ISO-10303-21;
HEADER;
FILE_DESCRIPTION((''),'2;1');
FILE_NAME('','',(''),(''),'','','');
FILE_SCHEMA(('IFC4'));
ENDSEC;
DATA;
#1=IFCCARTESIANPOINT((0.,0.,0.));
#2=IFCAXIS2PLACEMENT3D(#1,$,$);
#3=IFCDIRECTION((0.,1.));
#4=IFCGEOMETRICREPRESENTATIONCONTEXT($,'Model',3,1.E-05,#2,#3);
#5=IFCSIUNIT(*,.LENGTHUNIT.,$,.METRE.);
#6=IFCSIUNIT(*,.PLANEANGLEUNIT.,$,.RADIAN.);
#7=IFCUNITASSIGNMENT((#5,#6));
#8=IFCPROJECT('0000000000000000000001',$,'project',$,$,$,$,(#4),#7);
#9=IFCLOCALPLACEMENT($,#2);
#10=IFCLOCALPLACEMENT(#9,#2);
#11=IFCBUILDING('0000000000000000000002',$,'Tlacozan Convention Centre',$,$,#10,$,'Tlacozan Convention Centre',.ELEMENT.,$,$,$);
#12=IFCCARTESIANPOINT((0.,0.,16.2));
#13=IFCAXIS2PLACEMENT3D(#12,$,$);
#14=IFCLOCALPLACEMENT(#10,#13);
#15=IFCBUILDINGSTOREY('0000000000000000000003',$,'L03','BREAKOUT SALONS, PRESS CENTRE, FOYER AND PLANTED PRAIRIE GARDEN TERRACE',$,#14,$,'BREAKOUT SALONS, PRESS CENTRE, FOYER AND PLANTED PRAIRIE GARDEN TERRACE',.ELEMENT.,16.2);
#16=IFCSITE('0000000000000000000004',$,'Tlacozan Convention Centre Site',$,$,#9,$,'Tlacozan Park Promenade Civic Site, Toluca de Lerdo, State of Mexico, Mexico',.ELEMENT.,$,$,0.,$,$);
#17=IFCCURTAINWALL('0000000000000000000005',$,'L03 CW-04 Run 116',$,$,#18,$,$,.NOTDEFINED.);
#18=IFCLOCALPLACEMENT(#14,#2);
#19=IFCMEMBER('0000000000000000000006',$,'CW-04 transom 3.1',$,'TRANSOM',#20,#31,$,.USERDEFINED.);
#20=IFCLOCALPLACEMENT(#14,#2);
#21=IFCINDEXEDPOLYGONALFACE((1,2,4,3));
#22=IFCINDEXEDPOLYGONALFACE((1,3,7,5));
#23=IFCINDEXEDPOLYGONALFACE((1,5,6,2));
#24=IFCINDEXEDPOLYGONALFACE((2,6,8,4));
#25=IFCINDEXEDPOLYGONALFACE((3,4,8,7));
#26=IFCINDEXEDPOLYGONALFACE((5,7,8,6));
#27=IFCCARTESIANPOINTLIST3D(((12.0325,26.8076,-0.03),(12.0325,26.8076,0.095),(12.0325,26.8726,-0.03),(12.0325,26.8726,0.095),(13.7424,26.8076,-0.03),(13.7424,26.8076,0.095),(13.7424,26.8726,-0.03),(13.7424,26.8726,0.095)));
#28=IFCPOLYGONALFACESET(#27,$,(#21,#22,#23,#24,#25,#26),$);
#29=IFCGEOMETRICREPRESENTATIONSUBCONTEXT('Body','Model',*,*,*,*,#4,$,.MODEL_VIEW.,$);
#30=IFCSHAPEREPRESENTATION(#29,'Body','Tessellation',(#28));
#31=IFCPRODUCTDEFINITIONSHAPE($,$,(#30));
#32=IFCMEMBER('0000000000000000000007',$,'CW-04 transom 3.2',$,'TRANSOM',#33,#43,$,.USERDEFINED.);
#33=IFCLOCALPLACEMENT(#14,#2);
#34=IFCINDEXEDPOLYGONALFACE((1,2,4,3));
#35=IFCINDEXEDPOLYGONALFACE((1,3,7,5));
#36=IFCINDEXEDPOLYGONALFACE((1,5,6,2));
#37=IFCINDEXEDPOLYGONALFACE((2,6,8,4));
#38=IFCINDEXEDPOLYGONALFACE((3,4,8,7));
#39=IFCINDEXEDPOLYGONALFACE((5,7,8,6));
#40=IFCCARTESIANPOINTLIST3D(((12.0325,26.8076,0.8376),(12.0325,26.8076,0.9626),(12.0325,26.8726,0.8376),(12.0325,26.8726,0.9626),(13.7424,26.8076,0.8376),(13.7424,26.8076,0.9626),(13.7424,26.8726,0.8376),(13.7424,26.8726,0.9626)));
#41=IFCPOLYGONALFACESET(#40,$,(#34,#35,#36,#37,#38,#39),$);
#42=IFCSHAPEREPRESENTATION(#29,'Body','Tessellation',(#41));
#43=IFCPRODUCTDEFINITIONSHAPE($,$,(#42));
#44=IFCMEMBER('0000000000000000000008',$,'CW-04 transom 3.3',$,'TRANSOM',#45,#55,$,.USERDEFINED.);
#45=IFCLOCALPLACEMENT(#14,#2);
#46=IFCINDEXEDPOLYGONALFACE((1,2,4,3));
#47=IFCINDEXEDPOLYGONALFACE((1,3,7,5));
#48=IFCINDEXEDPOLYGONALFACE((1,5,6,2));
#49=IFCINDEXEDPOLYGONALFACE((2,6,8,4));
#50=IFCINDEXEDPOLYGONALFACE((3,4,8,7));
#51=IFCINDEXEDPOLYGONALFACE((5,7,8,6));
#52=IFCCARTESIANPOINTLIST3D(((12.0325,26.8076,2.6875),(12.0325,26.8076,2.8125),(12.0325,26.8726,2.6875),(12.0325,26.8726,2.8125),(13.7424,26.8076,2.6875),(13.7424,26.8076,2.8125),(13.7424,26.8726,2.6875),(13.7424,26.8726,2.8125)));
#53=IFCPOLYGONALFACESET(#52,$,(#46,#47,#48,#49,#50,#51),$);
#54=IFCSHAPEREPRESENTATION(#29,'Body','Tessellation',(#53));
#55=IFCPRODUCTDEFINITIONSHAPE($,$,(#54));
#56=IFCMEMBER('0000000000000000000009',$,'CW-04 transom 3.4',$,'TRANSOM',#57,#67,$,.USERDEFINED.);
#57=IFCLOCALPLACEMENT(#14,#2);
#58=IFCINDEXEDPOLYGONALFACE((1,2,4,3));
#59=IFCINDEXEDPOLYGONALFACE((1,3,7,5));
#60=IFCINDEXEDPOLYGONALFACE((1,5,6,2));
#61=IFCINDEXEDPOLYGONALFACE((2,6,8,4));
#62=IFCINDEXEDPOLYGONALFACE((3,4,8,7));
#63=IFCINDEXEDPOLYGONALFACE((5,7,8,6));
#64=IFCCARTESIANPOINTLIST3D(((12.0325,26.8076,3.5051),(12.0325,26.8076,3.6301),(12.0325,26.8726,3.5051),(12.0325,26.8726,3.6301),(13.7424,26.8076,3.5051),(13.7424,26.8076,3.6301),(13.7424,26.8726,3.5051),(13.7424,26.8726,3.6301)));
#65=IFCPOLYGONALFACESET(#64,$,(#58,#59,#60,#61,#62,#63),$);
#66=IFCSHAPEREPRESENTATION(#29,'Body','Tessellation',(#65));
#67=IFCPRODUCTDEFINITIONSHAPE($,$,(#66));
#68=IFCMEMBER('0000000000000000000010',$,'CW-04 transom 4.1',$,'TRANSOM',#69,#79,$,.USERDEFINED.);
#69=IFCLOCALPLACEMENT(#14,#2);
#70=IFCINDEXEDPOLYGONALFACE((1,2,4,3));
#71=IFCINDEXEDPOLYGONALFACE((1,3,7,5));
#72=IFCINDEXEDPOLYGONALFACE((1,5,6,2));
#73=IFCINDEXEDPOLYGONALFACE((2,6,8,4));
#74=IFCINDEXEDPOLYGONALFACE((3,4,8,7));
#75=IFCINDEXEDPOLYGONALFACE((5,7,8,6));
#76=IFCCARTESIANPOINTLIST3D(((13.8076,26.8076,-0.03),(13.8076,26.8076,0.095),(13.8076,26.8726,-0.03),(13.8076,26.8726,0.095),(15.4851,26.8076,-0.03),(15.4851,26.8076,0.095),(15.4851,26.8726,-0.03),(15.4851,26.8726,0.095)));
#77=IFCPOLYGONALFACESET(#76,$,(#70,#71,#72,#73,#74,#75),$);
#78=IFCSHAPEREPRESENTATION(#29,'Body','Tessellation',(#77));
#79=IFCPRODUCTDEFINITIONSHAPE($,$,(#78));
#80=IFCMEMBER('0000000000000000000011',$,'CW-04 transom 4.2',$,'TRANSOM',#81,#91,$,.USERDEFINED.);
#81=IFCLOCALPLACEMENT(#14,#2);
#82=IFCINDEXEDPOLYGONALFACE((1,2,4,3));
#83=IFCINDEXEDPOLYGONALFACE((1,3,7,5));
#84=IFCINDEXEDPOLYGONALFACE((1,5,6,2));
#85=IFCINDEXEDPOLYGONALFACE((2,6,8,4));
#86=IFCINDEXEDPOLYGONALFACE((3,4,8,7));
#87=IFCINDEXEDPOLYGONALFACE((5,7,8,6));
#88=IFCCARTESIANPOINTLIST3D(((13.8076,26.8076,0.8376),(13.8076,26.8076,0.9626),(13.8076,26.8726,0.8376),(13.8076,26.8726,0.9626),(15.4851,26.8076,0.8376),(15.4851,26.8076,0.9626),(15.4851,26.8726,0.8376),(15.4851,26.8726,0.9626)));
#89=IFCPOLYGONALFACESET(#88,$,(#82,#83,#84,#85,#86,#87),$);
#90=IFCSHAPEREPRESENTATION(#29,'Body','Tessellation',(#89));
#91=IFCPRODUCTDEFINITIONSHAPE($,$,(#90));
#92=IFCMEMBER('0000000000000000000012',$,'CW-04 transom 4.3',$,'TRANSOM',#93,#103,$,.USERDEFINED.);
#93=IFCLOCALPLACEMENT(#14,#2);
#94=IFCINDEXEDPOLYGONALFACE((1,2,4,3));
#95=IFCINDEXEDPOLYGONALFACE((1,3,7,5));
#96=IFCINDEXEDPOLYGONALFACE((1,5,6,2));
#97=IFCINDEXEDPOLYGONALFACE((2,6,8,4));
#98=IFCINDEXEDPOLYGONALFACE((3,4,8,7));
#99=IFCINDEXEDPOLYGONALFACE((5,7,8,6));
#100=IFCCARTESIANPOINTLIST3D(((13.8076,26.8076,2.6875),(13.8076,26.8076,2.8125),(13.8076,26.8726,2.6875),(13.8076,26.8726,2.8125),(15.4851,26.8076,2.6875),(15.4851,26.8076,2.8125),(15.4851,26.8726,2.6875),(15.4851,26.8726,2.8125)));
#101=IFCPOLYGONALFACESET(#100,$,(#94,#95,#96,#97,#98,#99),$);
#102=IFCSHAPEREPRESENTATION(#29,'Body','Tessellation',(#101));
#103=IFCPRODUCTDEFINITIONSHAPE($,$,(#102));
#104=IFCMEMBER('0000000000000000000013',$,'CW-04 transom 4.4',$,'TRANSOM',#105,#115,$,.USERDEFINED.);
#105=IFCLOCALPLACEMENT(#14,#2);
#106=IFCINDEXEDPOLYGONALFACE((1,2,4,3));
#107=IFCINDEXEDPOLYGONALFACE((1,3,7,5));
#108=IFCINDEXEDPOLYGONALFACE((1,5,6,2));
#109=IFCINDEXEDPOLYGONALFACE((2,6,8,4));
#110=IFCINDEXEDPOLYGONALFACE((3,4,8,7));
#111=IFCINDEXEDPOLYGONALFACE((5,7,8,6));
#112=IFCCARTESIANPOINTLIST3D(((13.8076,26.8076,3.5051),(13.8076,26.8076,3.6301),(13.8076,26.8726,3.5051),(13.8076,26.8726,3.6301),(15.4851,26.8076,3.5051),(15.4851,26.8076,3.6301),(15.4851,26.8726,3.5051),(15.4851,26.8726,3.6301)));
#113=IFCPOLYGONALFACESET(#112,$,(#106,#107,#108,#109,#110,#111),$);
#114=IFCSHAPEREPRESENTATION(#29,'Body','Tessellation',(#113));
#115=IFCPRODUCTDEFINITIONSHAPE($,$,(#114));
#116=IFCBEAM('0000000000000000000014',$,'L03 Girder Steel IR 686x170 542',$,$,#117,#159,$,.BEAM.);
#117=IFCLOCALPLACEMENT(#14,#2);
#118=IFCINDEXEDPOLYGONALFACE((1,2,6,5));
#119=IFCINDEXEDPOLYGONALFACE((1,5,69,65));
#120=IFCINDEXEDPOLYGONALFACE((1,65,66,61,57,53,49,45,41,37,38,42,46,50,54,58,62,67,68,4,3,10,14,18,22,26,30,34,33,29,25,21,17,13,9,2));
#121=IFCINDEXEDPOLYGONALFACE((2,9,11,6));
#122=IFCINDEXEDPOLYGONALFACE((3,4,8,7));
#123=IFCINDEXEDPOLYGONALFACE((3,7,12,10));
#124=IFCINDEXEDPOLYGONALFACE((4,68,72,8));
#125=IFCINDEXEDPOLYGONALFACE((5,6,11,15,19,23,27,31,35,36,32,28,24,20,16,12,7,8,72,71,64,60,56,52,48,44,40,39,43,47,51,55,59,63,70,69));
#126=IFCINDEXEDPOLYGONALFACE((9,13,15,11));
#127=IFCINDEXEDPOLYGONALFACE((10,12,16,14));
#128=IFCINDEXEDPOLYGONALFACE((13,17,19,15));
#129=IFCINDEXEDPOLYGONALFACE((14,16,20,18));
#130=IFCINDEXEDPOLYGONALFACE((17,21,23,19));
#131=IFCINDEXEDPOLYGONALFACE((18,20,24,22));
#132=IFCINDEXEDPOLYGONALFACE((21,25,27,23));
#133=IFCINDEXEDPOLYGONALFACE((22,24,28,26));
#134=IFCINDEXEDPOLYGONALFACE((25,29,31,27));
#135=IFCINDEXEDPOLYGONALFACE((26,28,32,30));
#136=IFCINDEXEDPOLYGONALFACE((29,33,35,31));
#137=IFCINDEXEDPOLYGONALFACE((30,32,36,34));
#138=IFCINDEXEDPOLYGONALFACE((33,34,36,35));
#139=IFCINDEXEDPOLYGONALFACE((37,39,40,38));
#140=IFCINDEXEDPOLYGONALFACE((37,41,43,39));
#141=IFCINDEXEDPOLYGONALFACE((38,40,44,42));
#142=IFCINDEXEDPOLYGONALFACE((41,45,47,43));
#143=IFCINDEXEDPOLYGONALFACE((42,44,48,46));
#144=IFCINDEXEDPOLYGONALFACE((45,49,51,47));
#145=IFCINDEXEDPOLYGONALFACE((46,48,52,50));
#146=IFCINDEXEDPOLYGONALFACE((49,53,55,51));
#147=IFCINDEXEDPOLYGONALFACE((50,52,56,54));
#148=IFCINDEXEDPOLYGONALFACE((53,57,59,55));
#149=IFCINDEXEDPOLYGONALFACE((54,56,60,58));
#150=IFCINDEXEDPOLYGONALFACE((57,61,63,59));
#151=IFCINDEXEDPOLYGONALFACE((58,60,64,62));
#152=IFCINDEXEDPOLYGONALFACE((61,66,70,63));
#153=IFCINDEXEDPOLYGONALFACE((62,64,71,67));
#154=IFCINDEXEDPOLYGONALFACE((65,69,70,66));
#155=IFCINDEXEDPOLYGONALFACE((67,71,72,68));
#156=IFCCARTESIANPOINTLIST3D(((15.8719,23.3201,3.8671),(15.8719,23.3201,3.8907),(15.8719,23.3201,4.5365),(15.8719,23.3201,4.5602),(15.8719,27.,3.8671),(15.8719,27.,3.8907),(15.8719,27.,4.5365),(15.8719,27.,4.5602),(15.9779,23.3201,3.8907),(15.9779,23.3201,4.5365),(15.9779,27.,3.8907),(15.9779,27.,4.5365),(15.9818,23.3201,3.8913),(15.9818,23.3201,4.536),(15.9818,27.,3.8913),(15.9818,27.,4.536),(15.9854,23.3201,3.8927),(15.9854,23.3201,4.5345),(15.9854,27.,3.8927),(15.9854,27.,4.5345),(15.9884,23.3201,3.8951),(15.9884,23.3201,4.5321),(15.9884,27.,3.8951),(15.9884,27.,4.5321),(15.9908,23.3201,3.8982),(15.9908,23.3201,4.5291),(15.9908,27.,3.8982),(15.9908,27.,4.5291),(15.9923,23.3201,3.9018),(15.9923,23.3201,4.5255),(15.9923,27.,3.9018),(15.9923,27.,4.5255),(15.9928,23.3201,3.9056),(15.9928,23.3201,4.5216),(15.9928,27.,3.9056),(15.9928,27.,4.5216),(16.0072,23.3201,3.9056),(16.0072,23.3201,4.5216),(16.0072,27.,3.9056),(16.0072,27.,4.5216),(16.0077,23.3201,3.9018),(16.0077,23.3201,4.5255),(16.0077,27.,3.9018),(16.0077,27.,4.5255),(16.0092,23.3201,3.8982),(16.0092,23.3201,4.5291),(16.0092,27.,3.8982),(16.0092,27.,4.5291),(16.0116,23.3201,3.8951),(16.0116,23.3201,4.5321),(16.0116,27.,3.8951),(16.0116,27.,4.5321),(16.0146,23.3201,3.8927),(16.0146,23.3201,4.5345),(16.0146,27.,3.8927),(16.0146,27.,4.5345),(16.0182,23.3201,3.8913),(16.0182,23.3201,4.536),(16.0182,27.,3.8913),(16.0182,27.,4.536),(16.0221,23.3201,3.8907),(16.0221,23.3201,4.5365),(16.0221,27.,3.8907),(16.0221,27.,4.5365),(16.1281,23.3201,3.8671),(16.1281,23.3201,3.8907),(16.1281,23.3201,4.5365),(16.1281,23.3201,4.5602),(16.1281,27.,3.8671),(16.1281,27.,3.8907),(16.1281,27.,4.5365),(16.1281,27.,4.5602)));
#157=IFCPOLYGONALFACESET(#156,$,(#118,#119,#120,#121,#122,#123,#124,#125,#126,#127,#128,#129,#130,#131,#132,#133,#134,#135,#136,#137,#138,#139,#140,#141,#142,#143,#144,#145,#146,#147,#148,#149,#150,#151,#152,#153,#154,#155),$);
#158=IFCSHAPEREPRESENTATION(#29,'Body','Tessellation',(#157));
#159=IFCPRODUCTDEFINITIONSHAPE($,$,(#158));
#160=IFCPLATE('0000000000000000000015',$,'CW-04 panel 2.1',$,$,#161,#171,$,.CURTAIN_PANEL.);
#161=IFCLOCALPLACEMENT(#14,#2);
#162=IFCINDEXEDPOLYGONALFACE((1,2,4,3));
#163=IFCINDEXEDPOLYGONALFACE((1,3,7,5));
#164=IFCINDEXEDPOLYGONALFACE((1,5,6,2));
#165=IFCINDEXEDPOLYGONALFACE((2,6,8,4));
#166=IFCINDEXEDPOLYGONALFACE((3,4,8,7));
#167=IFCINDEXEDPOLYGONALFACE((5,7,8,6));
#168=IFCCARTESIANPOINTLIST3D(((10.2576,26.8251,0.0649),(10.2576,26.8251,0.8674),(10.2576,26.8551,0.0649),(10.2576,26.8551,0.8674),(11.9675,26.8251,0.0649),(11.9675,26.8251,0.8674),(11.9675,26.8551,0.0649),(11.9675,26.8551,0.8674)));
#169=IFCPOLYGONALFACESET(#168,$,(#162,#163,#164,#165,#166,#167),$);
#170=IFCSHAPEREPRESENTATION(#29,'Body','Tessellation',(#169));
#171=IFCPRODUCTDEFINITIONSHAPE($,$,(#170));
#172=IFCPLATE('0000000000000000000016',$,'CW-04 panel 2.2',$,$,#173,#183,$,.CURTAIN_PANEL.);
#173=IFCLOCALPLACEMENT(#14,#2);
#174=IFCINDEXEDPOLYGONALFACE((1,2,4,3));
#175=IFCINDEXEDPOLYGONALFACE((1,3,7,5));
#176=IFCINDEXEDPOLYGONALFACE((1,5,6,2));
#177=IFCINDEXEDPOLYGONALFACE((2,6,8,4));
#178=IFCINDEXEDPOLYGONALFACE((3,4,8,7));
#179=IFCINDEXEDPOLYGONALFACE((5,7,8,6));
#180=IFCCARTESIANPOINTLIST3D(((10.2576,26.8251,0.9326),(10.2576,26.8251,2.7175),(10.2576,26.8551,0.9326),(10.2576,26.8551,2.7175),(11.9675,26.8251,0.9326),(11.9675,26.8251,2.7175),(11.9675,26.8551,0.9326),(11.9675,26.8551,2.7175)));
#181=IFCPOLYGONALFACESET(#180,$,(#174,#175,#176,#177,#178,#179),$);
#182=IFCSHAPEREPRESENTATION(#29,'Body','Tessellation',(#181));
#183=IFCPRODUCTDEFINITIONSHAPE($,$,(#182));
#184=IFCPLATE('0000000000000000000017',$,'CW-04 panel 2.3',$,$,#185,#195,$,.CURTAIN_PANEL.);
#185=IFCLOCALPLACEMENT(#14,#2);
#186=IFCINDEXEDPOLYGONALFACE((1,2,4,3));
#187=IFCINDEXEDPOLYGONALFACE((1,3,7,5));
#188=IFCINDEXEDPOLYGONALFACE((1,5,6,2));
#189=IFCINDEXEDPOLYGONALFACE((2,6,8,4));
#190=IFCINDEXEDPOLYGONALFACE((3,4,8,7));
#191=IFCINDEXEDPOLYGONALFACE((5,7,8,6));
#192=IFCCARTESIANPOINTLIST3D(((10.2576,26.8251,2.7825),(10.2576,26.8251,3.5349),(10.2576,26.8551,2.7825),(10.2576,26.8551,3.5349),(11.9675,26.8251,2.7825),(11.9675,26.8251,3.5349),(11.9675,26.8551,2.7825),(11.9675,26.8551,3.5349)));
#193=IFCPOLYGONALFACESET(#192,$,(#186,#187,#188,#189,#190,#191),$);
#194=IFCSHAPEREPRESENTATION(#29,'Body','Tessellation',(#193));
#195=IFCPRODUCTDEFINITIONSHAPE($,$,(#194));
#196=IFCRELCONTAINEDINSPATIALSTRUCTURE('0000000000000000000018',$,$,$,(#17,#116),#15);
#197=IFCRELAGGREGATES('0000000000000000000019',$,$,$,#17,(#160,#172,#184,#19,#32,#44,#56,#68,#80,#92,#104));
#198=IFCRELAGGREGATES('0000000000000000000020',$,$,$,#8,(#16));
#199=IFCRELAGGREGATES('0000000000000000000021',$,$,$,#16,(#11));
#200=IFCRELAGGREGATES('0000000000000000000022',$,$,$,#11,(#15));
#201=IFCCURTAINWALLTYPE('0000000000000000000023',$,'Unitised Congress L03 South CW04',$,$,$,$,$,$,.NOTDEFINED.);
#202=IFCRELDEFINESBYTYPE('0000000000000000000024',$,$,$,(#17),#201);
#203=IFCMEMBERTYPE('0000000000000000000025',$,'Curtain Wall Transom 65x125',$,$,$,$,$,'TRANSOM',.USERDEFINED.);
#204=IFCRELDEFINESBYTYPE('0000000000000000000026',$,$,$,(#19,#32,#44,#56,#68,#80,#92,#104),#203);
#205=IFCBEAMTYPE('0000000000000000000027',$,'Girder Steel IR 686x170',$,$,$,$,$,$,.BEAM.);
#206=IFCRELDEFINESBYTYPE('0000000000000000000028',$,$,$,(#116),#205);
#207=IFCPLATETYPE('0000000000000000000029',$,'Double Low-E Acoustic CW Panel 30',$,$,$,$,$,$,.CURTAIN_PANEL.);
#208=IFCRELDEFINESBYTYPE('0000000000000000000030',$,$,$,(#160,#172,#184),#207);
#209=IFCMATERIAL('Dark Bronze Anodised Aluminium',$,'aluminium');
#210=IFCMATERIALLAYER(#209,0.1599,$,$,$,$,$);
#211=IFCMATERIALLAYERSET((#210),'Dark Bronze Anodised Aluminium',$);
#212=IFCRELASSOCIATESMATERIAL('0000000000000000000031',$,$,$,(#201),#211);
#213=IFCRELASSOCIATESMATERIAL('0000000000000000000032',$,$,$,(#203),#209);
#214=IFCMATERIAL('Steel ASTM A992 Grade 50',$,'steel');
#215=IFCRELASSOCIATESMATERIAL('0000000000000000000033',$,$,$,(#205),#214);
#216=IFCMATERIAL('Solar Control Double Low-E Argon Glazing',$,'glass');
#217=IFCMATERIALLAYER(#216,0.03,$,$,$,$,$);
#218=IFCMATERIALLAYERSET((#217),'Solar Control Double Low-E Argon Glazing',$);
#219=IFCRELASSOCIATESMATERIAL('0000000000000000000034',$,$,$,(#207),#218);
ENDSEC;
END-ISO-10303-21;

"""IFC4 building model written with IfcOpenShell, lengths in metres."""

from ifc_helpers import new_model, si_unit, direction, frame, origin, origin_2d, place, context, subcontext, project, spatial, rectangle, i_section, extrude, material, layer, layer_set, material_profile, profile_set, type_object, element, aggregate, save


model = new_model("IFC4")

# Units and contexts
model_context = context("Model", 3, precision=1e-05, world=origin(), true_north=direction((0.0, 1.0)))
body_context = subcontext(model_context, "Body", "Model", "MODEL_VIEW")
ifc_project = project(units=[si_unit("LENGTHUNIT", "METRE"), si_unit("PLANEANGLEUNIT", "RADIAN")], contexts=[model_context])

# Site, building, storey
site_placement = place(None, origin())
site = spatial("IfcSite", under=ifc_project, at=site_placement, Name="Tlacozan Convention Centre Site", LongName="Tlacozan Park Promenade Civic Site, Toluca de Lerdo, State of Mexico, Mexico", CompositionType="ELEMENT", RefElevation=0.0)
building_placement = place(site_placement, origin())
building = spatial("IfcBuilding", under=site, at=building_placement, Name="Tlacozan Convention Centre", LongName="Tlacozan Convention Centre", CompositionType="ELEMENT")
storey_placement = place(building_placement, frame((0.0, 0.0, 16.2)))
storey = spatial("IfcBuildingStorey", under=building, at=storey_placement, Name="L03", Description="BREAKOUT SALONS, PRESS CENTRE, FOYER AND PLANTED PRAIRIE GARDEN TERRACE", LongName="BREAKOUT SALONS, PRESS CENTRE, FOYER AND PLANTED PRAIRIE GARDEN TERRACE", CompositionType="ELEMENT", Elevation=16.2)

# Curtain wall, members
ifc_material_1 = material(Name="Dark Bronze Anodised Aluminium", Category="aluminium")
ifc_layer_1 = layer(ifc_material_1, 0.1599)
ifc_layer_set_1 = layer_set([ifc_layer_1], Name="Dark Bronze Anodised Aluminium")
curtain_wall_type = type_object("IfcCurtainWallType", Name="Unitised Congress L03 South CW04", PredefinedType="NOTDEFINED", material=ifc_layer_set_1)
curtain_wall_placement = place(storey_placement, origin())
curtain_wall = element("IfcCurtainWall", 1, at=curtain_wall_placement, inside=storey, type_object=curtain_wall_type, Name="L03 CW-04 Run 116", PredefinedType="NOTDEFINED")
ifc_material_profile_1 = material_profile(ifc_material_1, rectangle(XDim=0.0649, YDim=0.125, at=origin_2d()), Name="ALU 65x125")
ifc_profile_set_1 = profile_set([ifc_material_profile_1], Name="Dark Bronze Anodised Aluminium")
member_type_1 = type_object("IfcMemberType", Name="Curtain Wall Transom 65x125", ElementType="TRANSOM", PredefinedType="USERDEFINED", material=ifc_profile_set_1)
member_1_placement = place(storey_placement, frame((12.0325, 26.8401, 0.0325), z_axis=(1.0, 0.0, 0.0), x_axis=(0.0, 1.0, 0.0)))
member_1 = element("IfcMember", 2, at=member_1_placement, type_object=member_type_1, Name="CW-04 transom 3.1", ObjectType="TRANSOM", PredefinedType="USERDEFINED", context=body_context, shape_type="SweptSolid", body=[
    extrude(rectangle(XDim=0.0649, YDim=0.125, at=origin_2d()), origin(), (0.0, 0.0, 1.0), 1.71),
])
member_2_placement = place(storey_placement, frame((12.0325, 26.8401, 0.9001), z_axis=(1.0, 0.0, 0.0), x_axis=(0.0, 1.0, 0.0)))
member_2 = element("IfcMember", 3, at=member_2_placement, type_object=member_type_1, Name="CW-04 transom 3.2", ObjectType="TRANSOM", PredefinedType="USERDEFINED", context=body_context, shape_type="SweptSolid", body=[
    extrude(rectangle(XDim=0.0649, YDim=0.125, at=origin_2d()), origin(), (0.0, 0.0, 1.0), 1.71),
])
member_3_placement = place(storey_placement, frame((12.0325, 26.8401, 2.75), z_axis=(1.0, 0.0, 0.0), x_axis=(0.0, 1.0, 0.0)))
member_3 = element("IfcMember", 4, at=member_3_placement, type_object=member_type_1, Name="CW-04 transom 3.3", ObjectType="TRANSOM", PredefinedType="USERDEFINED", context=body_context, shape_type="SweptSolid", body=[
    extrude(rectangle(XDim=0.0649, YDim=0.125, at=origin_2d()), origin(), (0.0, 0.0, 1.0), 1.71),
])
member_4_placement = place(storey_placement, frame((12.0325, 26.8401, 3.5676), z_axis=(1.0, 0.0, 0.0), x_axis=(0.0, 1.0, 0.0)))
member_4 = element("IfcMember", 5, at=member_4_placement, type_object=member_type_1, Name="CW-04 transom 3.4", ObjectType="TRANSOM", PredefinedType="USERDEFINED", context=body_context, shape_type="SweptSolid", body=[
    extrude(rectangle(XDim=0.0649, YDim=0.125, at=origin_2d()), origin(), (0.0, 0.0, 1.0), 1.71),
])
member_5_placement = place(storey_placement, frame((13.8076, 26.8401, 0.0325), z_axis=(1.0, 0.0, 0.0), x_axis=(0.0, 1.0, 0.0)))
member_5 = element("IfcMember", 6, at=member_5_placement, type_object=member_type_1, Name="CW-04 transom 4.1", ObjectType="TRANSOM", PredefinedType="USERDEFINED", context=body_context, shape_type="SweptSolid", body=[
    extrude(rectangle(XDim=0.0649, YDim=0.125, at=origin_2d()), origin(), (0.0, 0.0, 1.0), 1.6775),
])
member_6_placement = place(storey_placement, frame((13.8076, 26.8401, 0.9001), z_axis=(1.0, 0.0, 0.0), x_axis=(0.0, 1.0, 0.0)))
member_6 = element("IfcMember", 7, at=member_6_placement, type_object=member_type_1, Name="CW-04 transom 4.2", ObjectType="TRANSOM", PredefinedType="USERDEFINED", context=body_context, shape_type="SweptSolid", body=[
    extrude(rectangle(XDim=0.0649, YDim=0.125, at=origin_2d()), origin(), (0.0, 0.0, 1.0), 1.6775),
])
member_7_placement = place(storey_placement, frame((13.8076, 26.8401, 2.75), z_axis=(1.0, 0.0, 0.0), x_axis=(0.0, 1.0, 0.0)))
member_7 = element("IfcMember", 8, at=member_7_placement, type_object=member_type_1, Name="CW-04 transom 4.3", ObjectType="TRANSOM", PredefinedType="USERDEFINED", context=body_context, shape_type="SweptSolid", body=[
    extrude(rectangle(XDim=0.0649, YDim=0.125, at=origin_2d()), origin(), (0.0, 0.0, 1.0), 1.6775),
])
member_8_placement = place(storey_placement, frame((13.8076, 26.8401, 3.5676), z_axis=(1.0, 0.0, 0.0), x_axis=(0.0, 1.0, 0.0)))
member_8 = element("IfcMember", 9, at=member_8_placement, type_object=member_type_1, Name="CW-04 transom 4.4", ObjectType="TRANSOM", PredefinedType="USERDEFINED", context=body_context, shape_type="SweptSolid", body=[
    extrude(rectangle(XDim=0.0649, YDim=0.125, at=origin_2d()), origin(), (0.0, 0.0, 1.0), 1.6775),
])

# Beam
ifc_material_2 = material(Name="Steel ASTM A992 Grade 50", Category="steel")
ifc_material_profile_2 = material_profile(ifc_material_2, i_section(OverallWidth=0.2561, OverallDepth=0.6931, WebThickness=0.0144, FlangeThickness=0.0237, FilletRadius=0.0149, at=origin_2d()), Name="IR 686x170.0")
ifc_profile_set_2 = profile_set([ifc_material_profile_2], Name="Steel ASTM A992 Grade 50")
beam_type = type_object("IfcBeamType", Name="Girder Steel IR 686x170", PredefinedType="BEAM", material=ifc_profile_set_2)
beam_placement = place(storey_placement, frame((16.0, 23.3201, 4.2136), z_axis=(0.0, 1.0, 0.0), x_axis=(-1.0, 0.0, 0.0)))
element("IfcBeam", 10, at=beam_placement, inside=storey, type_object=beam_type, Name="L03 Girder Steel IR 686x170 542", PredefinedType="BEAM", context=body_context, shape_type="SweptSolid", body=[
    extrude(i_section(OverallWidth=0.2561, OverallDepth=0.6931, WebThickness=0.0144, FlangeThickness=0.0237, FilletRadius=0.0149, at=origin_2d()), origin(), (0.0, 0.0, 1.0), 3.6799),
])

# Plates
ifc_material_3 = material(Name="Solar Control Double Low-E Argon Glazing", Category="glass")
ifc_layer_2 = layer(ifc_material_3, 0.03)
ifc_layer_set_2 = layer_set([ifc_layer_2], Name="Solar Control Double Low-E Argon Glazing")
plate_type = type_object("IfcPlateType", Name="Double Low-E Acoustic CW Panel 30", PredefinedType="CURTAIN_PANEL", material=ifc_layer_set_2)
plate_1_placement = place(storey_placement, frame((11.1125, 26.8401, 0.0649), z_axis=(0.0, 0.0, 1.0), x_axis=(1.0, 0.0, 0.0)))
plate_1 = element("IfcPlate", 11, at=plate_1_placement, type_object=plate_type, Name="CW-04 panel 2.1", PredefinedType="CURTAIN_PANEL", context=body_context, shape_type="SweptSolid", body=[
    extrude(rectangle(XDim=1.71, YDim=0.03, at=origin_2d()), origin(), (0.0, 0.0, 1.0), 0.8025),
])
plate_2_placement = place(storey_placement, frame((11.1125, 26.8401, 0.9326), z_axis=(0.0, 0.0, 1.0), x_axis=(1.0, 0.0, 0.0)))
plate_2 = element("IfcPlate", 12, at=plate_2_placement, type_object=plate_type, Name="CW-04 panel 2.2", PredefinedType="CURTAIN_PANEL", context=body_context, shape_type="SweptSolid", body=[
    extrude(rectangle(XDim=1.71, YDim=0.03, at=origin_2d()), origin(), (0.0, 0.0, 1.0), 1.7849),
])
plate_3_placement = place(storey_placement, frame((11.1125, 26.8401, 2.7825), z_axis=(0.0, 0.0, 1.0), x_axis=(1.0, 0.0, 0.0)))
plate_3 = element("IfcPlate", 13, at=plate_3_placement, type_object=plate_type, Name="CW-04 panel 2.3", PredefinedType="CURTAIN_PANEL", context=body_context, shape_type="SweptSolid", body=[
    extrude(rectangle(XDim=1.71, YDim=0.03, at=origin_2d()), origin(), (0.0, 0.0, 1.0), 0.7524),
])
aggregate(curtain_wall, [plate_1, plate_2, plate_3, member_1, member_2, member_3, member_4, member_5, member_6, member_7, member_8])

save(model, "model.ifc")
